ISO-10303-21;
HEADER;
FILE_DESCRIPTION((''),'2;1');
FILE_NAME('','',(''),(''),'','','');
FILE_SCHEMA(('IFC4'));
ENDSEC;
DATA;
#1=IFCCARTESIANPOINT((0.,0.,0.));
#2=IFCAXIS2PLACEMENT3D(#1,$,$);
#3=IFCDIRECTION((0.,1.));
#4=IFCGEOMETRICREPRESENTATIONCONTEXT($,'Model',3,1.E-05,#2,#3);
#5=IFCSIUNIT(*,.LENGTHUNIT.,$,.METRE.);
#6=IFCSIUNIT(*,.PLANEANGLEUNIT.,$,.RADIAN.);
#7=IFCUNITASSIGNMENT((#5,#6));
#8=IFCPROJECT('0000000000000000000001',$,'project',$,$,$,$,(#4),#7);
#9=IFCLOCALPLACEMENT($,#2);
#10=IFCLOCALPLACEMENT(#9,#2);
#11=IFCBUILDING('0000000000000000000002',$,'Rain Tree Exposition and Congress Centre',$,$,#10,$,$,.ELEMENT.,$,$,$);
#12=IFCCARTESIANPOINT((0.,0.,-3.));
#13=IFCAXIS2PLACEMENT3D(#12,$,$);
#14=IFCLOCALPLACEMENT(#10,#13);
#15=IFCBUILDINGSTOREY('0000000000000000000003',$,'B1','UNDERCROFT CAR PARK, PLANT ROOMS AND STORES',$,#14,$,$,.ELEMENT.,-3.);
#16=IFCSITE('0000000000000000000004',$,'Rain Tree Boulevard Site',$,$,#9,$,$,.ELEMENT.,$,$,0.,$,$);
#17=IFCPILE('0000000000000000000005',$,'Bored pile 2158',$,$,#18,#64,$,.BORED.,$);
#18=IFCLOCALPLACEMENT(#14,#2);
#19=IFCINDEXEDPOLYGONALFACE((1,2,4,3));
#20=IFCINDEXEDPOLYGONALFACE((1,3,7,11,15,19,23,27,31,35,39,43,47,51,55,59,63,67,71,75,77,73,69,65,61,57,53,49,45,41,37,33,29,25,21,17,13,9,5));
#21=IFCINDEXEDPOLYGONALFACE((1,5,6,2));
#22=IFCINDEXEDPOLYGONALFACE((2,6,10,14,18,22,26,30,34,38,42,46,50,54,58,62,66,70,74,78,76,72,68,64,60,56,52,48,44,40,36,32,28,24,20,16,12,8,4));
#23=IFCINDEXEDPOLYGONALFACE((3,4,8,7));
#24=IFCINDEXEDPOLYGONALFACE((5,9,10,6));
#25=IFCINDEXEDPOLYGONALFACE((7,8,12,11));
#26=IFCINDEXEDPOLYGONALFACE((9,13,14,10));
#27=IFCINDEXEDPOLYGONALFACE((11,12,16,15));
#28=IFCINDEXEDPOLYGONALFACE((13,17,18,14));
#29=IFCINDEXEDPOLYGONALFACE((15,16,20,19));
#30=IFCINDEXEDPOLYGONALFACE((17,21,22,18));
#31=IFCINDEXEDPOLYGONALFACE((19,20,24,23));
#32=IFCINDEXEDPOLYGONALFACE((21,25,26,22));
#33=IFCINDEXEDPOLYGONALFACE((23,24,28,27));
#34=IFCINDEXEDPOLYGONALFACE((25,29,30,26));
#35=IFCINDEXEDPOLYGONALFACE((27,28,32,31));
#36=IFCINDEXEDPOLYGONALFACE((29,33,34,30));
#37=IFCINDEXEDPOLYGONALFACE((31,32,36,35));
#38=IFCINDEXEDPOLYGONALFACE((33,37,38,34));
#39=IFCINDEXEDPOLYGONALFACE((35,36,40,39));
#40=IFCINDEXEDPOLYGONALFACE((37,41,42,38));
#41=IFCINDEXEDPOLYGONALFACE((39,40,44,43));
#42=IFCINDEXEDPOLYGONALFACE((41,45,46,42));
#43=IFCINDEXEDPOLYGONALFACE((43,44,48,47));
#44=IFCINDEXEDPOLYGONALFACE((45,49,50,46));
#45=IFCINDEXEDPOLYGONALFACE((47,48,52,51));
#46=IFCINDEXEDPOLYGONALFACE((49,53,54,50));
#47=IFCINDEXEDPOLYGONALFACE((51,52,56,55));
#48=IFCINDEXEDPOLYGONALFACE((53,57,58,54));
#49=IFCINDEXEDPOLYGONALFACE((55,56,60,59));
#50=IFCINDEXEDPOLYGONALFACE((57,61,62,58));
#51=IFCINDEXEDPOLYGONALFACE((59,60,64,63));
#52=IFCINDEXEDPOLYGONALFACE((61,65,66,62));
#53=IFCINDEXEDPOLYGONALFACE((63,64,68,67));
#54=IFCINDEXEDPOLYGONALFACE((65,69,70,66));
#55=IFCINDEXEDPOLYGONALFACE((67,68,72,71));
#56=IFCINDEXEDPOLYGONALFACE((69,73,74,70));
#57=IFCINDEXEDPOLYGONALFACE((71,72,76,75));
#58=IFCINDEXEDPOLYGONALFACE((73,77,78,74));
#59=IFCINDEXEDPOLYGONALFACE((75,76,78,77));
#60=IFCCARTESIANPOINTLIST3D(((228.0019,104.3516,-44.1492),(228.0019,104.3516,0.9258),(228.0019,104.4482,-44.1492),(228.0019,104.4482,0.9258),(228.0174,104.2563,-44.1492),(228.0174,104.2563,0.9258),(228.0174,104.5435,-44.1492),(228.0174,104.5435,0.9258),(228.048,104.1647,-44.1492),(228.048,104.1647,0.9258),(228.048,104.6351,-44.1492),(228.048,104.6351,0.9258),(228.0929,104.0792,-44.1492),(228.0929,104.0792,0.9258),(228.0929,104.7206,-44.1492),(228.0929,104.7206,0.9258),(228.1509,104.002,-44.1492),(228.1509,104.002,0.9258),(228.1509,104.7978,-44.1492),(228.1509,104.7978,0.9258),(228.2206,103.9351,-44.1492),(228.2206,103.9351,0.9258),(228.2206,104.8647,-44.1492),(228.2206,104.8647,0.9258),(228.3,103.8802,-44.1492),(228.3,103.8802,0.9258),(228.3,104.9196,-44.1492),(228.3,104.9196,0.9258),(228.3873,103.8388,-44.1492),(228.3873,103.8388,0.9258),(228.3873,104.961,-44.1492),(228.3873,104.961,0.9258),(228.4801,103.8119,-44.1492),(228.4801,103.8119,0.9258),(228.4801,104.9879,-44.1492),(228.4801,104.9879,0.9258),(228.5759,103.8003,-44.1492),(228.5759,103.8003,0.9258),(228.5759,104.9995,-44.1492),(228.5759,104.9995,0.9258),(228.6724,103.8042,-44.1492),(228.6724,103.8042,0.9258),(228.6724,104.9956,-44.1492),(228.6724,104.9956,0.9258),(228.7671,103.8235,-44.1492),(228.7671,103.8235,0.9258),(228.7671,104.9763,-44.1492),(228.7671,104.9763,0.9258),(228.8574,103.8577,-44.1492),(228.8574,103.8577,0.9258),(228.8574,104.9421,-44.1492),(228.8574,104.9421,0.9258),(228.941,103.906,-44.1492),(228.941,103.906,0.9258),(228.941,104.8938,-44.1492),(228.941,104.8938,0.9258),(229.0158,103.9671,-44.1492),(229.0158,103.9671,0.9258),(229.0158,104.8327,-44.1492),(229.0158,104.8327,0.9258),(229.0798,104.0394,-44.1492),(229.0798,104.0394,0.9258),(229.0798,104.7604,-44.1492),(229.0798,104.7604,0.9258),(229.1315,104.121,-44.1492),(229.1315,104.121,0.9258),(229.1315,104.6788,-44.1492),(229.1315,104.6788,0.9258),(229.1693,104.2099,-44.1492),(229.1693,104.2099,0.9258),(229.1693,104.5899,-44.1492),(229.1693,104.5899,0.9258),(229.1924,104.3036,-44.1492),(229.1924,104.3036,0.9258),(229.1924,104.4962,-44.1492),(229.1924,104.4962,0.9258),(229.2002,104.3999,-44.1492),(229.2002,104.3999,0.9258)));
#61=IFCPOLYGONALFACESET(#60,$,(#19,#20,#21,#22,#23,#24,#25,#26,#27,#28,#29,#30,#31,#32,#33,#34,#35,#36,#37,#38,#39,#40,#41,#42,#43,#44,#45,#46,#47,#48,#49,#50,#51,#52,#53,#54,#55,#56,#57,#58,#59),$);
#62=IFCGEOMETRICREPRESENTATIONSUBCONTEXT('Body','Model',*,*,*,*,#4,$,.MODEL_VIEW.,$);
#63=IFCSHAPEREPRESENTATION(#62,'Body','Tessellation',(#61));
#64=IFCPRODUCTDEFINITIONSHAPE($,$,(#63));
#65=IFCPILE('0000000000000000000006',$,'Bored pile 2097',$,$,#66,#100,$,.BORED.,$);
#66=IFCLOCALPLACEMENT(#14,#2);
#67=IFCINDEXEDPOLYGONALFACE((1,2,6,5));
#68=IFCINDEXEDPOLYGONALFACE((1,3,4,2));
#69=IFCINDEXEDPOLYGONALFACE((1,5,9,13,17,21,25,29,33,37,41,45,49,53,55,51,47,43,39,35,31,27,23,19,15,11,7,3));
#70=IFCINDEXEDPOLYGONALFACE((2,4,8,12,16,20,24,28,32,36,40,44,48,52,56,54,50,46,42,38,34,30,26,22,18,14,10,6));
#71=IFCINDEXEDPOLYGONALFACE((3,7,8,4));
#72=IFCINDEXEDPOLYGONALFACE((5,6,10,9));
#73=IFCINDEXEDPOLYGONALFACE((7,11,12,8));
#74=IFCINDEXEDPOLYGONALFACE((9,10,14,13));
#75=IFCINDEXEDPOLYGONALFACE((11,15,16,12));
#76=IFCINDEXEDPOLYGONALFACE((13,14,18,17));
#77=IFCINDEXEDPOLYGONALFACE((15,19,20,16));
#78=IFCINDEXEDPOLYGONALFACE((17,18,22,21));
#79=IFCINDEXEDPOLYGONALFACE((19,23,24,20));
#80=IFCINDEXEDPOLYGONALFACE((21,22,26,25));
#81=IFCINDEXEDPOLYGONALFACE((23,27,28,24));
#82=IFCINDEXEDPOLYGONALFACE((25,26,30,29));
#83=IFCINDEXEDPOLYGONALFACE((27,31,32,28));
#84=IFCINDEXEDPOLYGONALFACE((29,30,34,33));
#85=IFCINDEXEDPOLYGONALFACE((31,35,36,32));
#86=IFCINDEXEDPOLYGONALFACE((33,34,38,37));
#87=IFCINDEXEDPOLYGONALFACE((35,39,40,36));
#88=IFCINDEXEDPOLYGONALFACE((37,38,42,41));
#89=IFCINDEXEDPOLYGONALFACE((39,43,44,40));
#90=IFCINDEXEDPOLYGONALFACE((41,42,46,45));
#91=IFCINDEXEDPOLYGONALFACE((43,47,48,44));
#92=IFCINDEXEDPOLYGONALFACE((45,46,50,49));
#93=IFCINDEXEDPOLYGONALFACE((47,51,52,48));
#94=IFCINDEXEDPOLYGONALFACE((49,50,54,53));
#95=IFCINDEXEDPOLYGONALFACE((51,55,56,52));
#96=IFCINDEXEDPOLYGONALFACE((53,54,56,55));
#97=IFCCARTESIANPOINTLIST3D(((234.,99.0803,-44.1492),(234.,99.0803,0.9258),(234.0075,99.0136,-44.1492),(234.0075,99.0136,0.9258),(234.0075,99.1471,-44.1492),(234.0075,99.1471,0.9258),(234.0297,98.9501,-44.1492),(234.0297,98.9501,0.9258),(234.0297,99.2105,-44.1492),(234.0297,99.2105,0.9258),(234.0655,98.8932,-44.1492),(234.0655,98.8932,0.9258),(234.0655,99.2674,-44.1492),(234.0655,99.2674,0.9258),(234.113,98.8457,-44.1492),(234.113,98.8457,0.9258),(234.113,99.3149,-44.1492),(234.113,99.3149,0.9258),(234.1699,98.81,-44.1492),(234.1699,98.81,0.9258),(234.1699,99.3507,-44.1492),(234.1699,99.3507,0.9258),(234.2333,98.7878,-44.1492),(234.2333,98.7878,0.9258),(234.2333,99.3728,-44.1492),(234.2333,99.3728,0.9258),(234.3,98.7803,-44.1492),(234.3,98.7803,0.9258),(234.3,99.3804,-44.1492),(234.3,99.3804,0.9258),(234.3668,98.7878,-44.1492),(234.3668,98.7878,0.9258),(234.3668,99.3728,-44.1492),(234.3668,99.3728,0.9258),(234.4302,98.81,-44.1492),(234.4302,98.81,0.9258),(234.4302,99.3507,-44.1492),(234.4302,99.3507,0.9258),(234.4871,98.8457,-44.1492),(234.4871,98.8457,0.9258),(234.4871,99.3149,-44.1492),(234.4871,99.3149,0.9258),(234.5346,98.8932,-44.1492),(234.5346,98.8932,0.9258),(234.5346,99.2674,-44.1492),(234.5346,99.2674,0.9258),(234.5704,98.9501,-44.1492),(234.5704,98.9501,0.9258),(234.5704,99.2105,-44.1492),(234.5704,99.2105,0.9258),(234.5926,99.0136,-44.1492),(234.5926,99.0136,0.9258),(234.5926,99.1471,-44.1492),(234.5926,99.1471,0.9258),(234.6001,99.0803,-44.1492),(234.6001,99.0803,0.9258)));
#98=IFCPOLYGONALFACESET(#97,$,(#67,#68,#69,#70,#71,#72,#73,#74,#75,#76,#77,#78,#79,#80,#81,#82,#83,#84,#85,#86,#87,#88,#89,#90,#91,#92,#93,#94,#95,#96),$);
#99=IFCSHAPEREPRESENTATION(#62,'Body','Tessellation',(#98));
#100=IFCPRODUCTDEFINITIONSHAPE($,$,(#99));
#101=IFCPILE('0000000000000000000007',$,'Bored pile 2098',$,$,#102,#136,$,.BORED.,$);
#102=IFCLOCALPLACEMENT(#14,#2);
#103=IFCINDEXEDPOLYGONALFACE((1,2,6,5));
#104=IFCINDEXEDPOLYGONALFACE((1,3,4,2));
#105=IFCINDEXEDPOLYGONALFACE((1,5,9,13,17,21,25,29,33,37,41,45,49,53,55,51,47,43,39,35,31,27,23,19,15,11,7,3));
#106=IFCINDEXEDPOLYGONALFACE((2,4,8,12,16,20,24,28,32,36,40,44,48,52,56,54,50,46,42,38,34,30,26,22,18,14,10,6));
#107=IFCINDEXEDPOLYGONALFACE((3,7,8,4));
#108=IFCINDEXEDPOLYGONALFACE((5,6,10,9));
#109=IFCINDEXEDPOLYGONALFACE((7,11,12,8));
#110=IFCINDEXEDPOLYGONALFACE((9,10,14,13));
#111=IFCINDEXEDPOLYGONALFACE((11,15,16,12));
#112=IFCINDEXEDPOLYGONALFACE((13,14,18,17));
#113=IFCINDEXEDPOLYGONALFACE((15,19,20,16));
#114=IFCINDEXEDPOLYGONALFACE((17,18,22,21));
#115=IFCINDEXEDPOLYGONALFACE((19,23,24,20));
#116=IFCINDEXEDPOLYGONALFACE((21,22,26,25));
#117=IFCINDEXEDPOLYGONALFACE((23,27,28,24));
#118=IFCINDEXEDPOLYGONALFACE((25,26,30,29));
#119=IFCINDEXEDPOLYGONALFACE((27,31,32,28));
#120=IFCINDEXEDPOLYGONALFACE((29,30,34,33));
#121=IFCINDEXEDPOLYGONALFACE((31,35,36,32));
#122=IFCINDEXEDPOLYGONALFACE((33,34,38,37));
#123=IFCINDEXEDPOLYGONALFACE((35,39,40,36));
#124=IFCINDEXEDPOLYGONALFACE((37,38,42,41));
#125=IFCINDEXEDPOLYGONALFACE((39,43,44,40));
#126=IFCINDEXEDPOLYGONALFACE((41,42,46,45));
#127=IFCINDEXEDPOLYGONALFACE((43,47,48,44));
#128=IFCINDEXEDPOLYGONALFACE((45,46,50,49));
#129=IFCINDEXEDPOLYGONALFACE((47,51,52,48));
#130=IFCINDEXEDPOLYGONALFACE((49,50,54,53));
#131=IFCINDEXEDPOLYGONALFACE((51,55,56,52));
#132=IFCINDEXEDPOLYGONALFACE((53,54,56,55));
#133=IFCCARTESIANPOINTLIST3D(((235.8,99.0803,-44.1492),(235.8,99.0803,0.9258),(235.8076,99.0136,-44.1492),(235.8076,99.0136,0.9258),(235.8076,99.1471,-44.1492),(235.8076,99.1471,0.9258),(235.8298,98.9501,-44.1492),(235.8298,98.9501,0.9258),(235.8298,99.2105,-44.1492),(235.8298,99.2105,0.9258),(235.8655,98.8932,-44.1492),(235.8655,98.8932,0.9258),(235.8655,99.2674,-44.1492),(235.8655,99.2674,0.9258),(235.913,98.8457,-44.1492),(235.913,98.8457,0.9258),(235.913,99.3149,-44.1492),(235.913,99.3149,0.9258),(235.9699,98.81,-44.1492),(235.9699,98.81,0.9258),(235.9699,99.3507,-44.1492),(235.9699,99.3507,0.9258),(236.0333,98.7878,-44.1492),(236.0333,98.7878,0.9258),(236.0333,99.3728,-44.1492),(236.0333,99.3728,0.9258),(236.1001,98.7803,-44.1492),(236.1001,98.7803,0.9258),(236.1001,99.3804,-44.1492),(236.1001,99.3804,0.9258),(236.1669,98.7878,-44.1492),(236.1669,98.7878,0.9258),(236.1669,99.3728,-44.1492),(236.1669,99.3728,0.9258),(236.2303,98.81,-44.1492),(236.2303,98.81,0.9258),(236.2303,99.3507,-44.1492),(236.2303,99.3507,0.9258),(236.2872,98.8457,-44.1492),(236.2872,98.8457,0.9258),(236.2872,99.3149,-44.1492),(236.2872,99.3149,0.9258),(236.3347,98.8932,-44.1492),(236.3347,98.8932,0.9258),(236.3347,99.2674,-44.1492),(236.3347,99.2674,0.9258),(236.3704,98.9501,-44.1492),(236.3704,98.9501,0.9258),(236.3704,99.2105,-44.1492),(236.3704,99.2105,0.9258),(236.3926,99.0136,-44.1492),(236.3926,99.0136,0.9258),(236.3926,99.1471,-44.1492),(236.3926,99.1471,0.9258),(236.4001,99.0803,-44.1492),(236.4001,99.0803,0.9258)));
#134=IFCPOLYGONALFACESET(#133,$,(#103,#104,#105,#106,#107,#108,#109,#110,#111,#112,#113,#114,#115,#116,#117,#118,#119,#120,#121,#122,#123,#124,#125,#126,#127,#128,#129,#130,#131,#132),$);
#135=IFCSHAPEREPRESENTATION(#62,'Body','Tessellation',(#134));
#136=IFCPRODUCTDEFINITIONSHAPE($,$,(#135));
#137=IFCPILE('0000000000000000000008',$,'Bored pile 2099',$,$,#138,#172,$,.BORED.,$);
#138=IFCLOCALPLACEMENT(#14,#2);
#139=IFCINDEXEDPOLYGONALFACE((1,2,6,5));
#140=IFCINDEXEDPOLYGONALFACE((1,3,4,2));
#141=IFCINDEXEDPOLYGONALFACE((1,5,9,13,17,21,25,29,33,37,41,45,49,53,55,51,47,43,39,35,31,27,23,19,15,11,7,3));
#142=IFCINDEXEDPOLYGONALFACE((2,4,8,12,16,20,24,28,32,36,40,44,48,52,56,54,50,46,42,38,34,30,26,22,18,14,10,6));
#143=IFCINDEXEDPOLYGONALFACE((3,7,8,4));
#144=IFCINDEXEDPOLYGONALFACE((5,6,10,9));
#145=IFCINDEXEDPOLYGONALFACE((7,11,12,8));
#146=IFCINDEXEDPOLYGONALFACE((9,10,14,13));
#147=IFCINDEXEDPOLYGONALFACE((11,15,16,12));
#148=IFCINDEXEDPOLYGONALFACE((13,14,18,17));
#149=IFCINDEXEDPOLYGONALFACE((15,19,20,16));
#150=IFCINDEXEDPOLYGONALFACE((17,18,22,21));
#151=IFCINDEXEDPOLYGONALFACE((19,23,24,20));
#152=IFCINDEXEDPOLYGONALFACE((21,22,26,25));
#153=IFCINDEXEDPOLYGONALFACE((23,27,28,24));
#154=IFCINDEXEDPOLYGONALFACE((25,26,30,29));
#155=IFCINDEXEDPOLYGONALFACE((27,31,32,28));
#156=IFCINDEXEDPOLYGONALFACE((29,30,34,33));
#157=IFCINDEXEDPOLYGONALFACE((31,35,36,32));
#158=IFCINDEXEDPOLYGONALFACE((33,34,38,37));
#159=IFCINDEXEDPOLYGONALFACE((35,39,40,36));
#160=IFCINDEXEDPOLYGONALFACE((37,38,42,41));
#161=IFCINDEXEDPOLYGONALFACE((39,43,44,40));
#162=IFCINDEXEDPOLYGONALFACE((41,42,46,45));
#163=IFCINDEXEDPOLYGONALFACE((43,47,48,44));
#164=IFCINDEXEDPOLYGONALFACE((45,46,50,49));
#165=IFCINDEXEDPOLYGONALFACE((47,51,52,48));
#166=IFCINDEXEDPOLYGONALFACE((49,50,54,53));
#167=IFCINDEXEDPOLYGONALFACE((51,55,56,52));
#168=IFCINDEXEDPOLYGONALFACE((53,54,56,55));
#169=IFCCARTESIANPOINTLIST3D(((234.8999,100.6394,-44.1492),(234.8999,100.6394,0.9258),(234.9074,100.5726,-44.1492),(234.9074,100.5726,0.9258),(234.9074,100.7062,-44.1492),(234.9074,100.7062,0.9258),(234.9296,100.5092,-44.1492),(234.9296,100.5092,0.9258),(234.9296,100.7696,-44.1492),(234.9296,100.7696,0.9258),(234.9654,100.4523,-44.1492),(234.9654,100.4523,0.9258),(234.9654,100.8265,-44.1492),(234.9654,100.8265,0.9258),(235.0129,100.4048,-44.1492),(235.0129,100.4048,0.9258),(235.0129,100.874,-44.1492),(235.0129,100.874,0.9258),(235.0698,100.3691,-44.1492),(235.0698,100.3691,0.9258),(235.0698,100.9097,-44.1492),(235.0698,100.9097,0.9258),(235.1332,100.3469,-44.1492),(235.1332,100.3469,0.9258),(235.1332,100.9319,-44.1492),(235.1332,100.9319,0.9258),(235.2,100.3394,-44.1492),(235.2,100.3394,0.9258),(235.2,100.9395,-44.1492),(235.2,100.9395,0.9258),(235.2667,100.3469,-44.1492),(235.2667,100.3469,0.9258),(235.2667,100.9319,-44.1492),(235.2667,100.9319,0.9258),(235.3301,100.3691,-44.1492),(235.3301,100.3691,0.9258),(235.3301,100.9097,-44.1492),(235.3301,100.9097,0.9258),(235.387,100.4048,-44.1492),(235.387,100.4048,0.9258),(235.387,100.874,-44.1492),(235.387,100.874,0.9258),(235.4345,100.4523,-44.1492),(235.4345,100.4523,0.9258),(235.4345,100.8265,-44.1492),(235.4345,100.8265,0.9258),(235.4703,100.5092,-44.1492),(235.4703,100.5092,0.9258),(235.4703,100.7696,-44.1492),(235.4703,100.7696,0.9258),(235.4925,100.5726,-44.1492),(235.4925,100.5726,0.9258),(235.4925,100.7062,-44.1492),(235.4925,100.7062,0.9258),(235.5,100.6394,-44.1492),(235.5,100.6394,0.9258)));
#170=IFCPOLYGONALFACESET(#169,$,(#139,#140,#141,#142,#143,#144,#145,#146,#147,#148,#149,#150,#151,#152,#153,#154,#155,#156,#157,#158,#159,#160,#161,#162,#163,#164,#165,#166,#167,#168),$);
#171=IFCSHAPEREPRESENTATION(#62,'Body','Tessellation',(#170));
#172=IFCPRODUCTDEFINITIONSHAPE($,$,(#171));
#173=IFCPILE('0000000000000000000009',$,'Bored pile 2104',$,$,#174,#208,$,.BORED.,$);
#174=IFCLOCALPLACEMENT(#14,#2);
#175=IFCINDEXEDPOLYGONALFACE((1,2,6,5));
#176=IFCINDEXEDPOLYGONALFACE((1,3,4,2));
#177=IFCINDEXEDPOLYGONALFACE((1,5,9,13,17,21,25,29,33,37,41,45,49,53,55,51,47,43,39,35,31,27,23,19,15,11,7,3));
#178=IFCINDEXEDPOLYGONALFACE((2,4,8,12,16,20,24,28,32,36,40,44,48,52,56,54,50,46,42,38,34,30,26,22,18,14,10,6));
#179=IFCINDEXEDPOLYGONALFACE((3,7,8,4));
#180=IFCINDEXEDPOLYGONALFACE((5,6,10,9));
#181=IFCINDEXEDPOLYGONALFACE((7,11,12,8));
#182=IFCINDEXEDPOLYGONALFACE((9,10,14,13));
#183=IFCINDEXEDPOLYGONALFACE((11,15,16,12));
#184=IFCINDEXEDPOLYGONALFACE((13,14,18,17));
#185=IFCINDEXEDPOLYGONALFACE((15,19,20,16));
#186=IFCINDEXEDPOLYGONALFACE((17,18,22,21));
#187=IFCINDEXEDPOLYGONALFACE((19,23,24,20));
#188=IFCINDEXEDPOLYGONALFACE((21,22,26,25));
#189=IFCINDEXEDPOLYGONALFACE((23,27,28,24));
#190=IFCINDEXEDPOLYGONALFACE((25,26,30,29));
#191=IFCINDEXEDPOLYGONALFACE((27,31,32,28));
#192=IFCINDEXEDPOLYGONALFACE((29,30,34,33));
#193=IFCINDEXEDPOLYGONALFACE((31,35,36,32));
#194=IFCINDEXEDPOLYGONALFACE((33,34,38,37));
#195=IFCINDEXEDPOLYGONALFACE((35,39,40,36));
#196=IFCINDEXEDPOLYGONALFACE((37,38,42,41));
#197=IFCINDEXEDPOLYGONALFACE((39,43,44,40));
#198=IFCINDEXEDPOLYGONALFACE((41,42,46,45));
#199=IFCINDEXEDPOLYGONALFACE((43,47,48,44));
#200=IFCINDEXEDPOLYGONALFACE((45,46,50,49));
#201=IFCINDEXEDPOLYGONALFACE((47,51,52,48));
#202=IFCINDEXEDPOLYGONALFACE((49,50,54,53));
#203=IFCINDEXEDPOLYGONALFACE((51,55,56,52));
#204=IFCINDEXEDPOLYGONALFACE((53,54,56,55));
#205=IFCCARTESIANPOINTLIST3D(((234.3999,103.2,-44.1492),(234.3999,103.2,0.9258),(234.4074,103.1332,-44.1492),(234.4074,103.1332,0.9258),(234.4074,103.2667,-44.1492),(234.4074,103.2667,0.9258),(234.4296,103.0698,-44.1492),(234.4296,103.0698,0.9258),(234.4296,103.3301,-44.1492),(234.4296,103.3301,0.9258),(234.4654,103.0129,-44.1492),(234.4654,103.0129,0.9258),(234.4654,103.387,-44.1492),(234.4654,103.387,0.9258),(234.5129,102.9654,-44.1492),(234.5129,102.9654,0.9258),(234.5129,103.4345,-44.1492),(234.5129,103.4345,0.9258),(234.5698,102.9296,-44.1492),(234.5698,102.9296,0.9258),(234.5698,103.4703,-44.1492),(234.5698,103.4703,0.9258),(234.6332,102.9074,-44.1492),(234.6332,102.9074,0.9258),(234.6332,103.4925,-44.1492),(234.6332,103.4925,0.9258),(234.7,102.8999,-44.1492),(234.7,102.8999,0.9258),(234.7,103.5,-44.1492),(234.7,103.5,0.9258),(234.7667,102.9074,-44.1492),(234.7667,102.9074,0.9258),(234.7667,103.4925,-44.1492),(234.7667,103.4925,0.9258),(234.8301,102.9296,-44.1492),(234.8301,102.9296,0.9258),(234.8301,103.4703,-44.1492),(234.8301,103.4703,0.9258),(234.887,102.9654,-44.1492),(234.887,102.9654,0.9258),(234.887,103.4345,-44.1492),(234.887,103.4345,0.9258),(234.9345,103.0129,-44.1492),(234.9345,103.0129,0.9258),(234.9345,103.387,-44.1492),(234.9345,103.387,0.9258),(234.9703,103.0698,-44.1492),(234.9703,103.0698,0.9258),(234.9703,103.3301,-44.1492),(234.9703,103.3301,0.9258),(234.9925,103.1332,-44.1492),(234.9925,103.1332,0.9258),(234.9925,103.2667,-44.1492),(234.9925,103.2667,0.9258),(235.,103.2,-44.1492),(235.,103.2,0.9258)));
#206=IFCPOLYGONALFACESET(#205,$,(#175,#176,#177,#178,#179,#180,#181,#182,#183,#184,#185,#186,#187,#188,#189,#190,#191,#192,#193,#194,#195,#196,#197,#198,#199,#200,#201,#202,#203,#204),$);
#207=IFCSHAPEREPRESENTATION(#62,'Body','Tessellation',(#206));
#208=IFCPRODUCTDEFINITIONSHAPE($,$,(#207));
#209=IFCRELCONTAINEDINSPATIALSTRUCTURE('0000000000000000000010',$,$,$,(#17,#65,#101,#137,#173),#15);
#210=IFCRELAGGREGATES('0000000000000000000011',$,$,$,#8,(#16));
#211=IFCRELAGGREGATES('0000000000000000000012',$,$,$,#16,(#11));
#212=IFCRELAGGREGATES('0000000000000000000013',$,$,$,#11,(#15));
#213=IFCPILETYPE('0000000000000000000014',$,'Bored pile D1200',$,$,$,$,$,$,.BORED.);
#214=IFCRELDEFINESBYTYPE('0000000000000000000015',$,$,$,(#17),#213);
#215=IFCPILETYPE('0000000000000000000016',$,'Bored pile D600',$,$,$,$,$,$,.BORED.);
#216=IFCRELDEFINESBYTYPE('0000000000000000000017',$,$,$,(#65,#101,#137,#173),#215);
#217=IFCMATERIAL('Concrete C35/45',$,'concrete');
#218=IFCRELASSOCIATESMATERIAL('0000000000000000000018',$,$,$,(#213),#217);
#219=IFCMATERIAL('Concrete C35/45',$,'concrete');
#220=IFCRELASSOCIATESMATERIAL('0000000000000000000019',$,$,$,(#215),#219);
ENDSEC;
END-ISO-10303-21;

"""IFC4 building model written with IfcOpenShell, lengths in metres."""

from ifc_helpers import new_model, si_unit, direction, frame, origin, origin_2d, place, context, subcontext, project, spatial, circle, extrude, material, material_profile, profile_set, type_object, element, save


model = new_model("IFC4")

# Units and contexts
model_context = context("Model", 3, precision=1e-05, world=origin(), true_north=direction((0.0, 1.0)))
body_context = subcontext(model_context, "Body", "Model", "MODEL_VIEW")
ifc_project = project(units=[si_unit("LENGTHUNIT", "METRE"), si_unit("PLANEANGLEUNIT", "RADIAN")], contexts=[model_context])

# Site, building, storey
site_placement = place(None, origin())
site = spatial("IfcSite", under=ifc_project, at=site_placement, Name="Rain Tree Boulevard Site", CompositionType="ELEMENT", RefElevation=0.0)
building_placement = place(site_placement, origin())
building = spatial("IfcBuilding", under=site, at=building_placement, Name="Rain Tree Exposition and Congress Centre", CompositionType="ELEMENT")
storey_placement = place(building_placement, frame((0.0, 0.0, -3.0)))
storey = spatial("IfcBuildingStorey", under=building, at=storey_placement, Name="B1", Description="UNDERCROFT CAR PARK, PLANT ROOMS AND STORES", CompositionType="ELEMENT", Elevation=-3.0)

# Piles
ifc_material_1 = material(Name="Concrete C35/45", Category="concrete")
ifc_material_profile_1 = material_profile(ifc_material_1, circle(Radius=0.6001, at=origin_2d()), Name="D1200")
ifc_profile_set_1 = profile_set([ifc_material_profile_1], Name="Concrete C35/45")
pile_type_1 = type_object("IfcPileType", Name="Bored pile D1200", PredefinedType="BORED", material=ifc_profile_set_1)
for number, where, z_axis, x_axis, name in (
    (1, (228.6001, 104.3999, 0.9258), (0.0, 0.0, -1.0), (1.0, 0.0, 0.0), "Bored pile 2158"),
):
    element("IfcPile", number, at=place(storey_placement, frame(where, z_axis=z_axis, x_axis=x_axis)), inside=storey, type_object=pile_type_1, Name=name, PredefinedType="BORED", context=body_context, shape_type="SweptSolid", body=[
        extrude(circle(Radius=0.6001, at=origin_2d()), origin(), (0.0, 0.0, 1.0), 45.075),
    ])
ifc_material_2 = material(Name="Concrete C35/45", Category="concrete")
ifc_material_profile_2 = material_profile(ifc_material_2, circle(Radius=0.3, at=origin_2d()), Name="D600")
ifc_profile_set_2 = profile_set([ifc_material_profile_2], Name="Concrete C35/45")
pile_type_2 = type_object("IfcPileType", Name="Bored pile D600", PredefinedType="BORED", material=ifc_profile_set_2)
for number, where, z_axis, x_axis, name in (
    (2, (234.3, 99.0803, 0.9258), (0.0, 0.0, -1.0), (1.0, 0.0, 0.0), "Bored pile 2097"),
    (3, (236.1001, 99.0803, 0.9258), (0.0, 0.0, -1.0), (1.0, 0.0, 0.0), "Bored pile 2098"),
    (4, (235.2, 100.6394, 0.9258), (0.0, 0.0, -1.0), (1.0, 0.0, 0.0), "Bored pile 2099"),
    (5, (234.7, 103.2, 0.9258), (0.0, 0.0, -1.0), (1.0, 0.0, 0.0), "Bored pile 2104"),
):
    element("IfcPile", number, at=place(storey_placement, frame(where, z_axis=z_axis, x_axis=x_axis)), inside=storey, type_object=pile_type_2, Name=name, PredefinedType="BORED", context=body_context, shape_type="SweptSolid", body=[
        extrude(circle(Radius=0.3, at=origin_2d()), origin(), (0.0, 0.0, 1.0), 45.075),
    ])

save(model, "model.ifc")
